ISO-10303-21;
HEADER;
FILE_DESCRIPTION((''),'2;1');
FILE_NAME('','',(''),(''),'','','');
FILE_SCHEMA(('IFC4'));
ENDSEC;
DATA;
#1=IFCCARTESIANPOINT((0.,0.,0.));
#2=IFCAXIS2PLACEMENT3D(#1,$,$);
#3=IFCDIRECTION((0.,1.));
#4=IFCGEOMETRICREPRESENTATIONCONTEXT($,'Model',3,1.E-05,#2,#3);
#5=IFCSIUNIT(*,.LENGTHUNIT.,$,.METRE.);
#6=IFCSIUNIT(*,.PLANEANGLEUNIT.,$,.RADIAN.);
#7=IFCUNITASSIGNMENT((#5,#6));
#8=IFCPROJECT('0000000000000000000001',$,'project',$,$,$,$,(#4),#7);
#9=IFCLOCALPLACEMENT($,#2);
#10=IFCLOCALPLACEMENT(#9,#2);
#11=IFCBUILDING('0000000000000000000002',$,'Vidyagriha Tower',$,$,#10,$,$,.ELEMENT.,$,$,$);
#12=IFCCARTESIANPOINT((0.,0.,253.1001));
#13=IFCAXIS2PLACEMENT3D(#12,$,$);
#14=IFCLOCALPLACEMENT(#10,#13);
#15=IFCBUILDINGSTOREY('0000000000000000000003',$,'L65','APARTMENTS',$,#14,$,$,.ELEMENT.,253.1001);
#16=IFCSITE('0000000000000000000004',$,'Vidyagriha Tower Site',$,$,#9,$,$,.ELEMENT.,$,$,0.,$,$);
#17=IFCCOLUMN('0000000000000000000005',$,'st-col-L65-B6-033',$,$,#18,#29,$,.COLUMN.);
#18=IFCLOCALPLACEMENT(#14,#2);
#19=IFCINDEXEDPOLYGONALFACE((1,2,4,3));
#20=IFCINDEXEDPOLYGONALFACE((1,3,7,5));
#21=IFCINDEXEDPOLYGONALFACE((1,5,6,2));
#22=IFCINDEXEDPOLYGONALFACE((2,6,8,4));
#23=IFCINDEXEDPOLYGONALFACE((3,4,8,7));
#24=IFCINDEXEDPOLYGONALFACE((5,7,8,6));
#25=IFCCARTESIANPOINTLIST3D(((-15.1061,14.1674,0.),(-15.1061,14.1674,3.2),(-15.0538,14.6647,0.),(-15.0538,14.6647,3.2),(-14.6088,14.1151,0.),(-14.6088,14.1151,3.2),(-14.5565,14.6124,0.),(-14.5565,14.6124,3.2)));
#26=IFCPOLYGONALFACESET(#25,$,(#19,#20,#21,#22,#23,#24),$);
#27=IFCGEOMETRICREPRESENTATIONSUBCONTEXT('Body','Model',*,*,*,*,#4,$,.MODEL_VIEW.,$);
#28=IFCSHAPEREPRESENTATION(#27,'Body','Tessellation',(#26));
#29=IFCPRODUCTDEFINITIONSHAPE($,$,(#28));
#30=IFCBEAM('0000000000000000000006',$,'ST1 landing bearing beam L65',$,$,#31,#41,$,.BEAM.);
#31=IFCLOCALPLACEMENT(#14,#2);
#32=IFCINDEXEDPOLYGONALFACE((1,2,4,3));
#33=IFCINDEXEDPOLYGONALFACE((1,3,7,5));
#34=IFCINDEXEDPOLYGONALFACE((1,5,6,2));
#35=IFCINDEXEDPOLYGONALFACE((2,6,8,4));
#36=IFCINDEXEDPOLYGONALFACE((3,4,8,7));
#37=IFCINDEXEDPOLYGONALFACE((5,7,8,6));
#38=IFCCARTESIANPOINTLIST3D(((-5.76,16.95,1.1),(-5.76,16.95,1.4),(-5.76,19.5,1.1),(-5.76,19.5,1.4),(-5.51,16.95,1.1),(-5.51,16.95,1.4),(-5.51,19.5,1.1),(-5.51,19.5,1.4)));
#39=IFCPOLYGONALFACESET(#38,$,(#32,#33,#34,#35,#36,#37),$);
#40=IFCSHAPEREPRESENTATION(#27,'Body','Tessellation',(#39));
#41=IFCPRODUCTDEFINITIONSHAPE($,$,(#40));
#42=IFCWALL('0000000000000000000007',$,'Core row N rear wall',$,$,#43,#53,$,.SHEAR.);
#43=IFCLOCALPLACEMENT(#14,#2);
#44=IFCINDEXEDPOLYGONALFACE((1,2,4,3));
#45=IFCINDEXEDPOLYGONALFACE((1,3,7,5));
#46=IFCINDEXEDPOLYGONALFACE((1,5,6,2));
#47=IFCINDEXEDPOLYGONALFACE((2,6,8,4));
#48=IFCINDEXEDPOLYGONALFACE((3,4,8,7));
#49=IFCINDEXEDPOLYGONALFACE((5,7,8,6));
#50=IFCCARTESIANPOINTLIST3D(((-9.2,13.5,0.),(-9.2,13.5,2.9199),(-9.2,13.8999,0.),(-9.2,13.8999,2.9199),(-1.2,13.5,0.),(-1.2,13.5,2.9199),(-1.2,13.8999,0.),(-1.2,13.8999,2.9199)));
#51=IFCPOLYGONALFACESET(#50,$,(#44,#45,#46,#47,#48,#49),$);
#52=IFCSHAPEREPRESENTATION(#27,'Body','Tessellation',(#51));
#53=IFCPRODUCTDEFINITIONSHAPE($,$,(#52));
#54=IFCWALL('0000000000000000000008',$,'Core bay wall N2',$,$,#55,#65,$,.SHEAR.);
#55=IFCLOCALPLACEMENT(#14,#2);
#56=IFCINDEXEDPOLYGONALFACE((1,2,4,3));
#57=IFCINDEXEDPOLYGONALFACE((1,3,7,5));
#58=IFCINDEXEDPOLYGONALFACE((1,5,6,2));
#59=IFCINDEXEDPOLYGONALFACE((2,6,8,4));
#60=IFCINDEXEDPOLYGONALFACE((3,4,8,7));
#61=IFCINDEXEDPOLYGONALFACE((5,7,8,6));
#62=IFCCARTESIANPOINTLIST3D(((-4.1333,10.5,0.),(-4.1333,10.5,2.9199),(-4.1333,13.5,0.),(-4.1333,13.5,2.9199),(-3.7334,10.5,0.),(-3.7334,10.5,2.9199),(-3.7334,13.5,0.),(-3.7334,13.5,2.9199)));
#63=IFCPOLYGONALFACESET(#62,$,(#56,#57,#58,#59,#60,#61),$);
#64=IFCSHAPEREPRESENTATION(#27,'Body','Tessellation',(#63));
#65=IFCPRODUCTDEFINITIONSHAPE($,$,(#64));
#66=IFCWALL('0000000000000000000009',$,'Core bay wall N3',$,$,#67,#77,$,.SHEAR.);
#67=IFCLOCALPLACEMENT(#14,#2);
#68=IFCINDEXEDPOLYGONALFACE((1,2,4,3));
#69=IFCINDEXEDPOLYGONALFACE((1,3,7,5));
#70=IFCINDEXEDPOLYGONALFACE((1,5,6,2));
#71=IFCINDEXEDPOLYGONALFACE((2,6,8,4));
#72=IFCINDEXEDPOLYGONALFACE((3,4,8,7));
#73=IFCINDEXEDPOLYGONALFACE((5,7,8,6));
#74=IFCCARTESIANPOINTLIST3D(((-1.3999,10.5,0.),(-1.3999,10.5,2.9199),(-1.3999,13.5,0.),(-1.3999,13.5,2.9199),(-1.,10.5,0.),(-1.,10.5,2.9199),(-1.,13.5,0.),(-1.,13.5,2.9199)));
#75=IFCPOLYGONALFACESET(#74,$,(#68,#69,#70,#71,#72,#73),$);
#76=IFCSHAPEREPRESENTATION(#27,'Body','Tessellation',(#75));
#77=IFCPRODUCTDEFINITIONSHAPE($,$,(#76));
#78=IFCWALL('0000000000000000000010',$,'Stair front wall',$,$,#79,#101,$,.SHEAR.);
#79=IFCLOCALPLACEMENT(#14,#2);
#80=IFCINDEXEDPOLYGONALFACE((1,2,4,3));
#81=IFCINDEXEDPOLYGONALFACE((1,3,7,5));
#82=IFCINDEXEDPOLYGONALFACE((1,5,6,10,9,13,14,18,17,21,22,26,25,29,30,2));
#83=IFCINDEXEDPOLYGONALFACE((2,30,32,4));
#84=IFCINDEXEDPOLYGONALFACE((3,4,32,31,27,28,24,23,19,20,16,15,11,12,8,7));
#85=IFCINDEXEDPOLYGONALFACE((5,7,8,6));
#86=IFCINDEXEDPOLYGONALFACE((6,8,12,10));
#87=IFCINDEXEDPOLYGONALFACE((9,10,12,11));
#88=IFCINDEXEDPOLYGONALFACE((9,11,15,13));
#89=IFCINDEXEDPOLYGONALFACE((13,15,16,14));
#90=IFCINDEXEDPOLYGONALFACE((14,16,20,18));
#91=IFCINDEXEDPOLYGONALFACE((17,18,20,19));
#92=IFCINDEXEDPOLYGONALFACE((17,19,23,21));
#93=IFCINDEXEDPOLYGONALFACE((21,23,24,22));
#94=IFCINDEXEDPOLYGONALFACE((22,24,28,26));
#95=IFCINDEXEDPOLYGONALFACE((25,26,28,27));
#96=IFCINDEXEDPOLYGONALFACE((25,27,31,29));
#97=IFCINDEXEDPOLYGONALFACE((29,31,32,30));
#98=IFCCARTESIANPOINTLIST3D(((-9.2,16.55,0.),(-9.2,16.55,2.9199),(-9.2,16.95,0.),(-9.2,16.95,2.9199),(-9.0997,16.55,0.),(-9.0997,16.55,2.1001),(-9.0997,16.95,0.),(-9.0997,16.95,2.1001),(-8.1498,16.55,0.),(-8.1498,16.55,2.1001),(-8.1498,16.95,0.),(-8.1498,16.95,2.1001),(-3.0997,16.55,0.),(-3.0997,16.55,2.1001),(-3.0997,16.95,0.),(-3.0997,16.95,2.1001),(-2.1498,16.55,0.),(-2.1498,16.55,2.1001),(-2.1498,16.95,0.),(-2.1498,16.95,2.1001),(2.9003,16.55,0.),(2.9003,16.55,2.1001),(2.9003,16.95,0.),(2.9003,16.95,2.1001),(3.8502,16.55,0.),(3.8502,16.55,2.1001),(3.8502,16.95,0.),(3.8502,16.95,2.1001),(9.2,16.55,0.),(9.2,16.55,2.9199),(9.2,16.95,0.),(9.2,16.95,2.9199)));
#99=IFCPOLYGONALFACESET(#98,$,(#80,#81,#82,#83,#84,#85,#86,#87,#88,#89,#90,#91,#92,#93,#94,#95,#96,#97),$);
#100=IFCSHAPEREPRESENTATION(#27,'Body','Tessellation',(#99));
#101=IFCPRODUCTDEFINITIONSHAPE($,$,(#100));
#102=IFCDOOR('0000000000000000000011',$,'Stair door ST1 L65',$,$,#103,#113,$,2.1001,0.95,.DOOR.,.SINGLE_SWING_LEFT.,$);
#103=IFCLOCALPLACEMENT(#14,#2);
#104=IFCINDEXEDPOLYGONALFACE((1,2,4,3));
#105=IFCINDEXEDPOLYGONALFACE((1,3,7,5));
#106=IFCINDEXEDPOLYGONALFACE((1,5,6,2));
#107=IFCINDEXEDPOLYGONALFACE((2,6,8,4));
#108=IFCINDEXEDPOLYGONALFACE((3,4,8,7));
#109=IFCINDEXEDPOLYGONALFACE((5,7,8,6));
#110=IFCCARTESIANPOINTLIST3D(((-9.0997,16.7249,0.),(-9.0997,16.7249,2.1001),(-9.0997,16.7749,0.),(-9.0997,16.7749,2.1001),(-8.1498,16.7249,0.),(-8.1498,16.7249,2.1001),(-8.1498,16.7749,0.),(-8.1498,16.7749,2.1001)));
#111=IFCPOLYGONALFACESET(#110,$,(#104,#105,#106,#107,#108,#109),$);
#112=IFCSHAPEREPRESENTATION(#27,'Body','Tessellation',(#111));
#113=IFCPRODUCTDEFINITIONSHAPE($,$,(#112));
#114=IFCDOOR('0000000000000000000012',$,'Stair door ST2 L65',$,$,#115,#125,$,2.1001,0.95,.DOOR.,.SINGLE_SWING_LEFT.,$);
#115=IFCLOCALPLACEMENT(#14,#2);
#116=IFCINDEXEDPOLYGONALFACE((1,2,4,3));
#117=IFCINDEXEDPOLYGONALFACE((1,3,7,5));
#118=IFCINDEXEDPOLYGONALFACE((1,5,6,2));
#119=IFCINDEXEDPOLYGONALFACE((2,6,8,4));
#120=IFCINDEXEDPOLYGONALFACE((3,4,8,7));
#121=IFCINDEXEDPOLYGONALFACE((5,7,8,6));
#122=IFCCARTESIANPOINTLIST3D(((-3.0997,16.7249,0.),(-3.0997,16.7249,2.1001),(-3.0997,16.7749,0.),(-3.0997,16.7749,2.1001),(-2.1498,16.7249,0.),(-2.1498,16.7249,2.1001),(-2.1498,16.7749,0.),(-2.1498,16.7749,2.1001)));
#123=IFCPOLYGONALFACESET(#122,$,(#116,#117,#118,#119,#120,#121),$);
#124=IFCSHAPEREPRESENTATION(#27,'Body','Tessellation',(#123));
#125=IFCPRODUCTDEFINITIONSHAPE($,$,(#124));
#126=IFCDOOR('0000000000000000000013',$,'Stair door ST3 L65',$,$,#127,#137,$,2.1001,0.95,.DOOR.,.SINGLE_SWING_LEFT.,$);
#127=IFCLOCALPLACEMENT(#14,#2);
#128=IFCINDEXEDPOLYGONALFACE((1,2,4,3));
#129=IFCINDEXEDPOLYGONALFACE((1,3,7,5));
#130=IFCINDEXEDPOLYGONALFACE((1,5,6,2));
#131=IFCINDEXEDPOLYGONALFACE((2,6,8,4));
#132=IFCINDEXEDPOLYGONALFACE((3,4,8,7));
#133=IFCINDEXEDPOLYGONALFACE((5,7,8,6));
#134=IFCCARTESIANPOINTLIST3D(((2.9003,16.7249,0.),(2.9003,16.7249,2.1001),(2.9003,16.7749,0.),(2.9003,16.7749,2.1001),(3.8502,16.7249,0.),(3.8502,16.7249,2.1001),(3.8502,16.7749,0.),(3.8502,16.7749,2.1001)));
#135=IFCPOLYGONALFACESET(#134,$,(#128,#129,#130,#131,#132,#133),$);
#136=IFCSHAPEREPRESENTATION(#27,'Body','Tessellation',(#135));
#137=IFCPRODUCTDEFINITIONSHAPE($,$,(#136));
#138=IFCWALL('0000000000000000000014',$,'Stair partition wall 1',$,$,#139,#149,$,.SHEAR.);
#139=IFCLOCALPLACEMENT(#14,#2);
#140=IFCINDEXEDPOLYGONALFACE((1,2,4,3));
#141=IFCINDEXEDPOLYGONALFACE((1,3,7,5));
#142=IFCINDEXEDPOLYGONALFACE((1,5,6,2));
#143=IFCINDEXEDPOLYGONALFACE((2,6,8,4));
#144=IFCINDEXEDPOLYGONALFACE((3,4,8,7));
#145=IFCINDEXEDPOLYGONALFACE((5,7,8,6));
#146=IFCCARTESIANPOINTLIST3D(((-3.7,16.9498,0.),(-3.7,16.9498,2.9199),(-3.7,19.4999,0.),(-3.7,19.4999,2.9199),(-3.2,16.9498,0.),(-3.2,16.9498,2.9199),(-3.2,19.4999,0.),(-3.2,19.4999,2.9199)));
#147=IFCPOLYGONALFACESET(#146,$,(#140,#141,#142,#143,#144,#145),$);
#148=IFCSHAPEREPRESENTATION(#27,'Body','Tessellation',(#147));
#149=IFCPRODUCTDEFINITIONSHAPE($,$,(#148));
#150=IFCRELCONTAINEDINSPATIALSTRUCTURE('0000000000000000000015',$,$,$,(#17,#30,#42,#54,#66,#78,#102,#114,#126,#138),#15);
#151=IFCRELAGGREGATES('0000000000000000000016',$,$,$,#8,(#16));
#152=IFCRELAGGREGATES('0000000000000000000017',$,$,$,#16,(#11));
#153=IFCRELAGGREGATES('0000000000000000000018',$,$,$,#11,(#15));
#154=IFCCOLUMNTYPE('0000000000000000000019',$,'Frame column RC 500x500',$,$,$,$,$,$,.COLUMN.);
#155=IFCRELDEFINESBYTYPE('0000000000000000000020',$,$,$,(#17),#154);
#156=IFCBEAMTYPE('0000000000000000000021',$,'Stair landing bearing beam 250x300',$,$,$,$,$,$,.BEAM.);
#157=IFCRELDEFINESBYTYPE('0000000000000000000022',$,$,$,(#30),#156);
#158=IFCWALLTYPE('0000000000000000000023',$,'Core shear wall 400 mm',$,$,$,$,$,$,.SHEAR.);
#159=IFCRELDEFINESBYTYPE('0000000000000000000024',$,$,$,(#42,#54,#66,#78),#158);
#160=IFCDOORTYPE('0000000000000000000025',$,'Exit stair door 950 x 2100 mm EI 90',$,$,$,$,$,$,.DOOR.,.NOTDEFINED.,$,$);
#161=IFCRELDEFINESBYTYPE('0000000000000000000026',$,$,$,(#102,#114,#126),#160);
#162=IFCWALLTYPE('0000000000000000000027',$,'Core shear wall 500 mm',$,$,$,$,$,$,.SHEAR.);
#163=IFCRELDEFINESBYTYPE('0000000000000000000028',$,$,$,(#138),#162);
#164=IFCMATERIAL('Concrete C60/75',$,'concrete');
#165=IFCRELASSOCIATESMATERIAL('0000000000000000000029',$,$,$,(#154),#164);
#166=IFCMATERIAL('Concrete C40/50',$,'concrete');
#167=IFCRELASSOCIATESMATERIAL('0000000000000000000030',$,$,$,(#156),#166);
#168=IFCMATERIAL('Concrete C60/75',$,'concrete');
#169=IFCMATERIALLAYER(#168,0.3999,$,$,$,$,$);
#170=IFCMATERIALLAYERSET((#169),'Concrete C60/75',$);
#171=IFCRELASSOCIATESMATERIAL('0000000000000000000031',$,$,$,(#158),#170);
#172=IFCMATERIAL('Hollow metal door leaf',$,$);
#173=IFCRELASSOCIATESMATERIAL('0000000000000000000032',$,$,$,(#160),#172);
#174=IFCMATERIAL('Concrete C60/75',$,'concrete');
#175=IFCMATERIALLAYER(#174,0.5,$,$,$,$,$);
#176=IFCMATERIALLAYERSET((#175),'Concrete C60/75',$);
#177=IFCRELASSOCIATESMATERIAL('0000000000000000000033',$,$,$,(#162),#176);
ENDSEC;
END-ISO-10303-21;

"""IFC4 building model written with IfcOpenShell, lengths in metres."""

from ifc_helpers import new_model, si_unit, direction, frame, frame_2d, origin, origin_2d, place, context, subcontext, project, spatial, rectangle, extrude, material, layer, layer_set, material_profile, profile_set, type_object, element, fill, save


model = new_model("IFC4")

# Units and contexts
model_context = context("Model", 3, precision=1e-05, world=origin(), true_north=direction((0.0, 1.0)))
body_context = subcontext(model_context, "Body", "Model", "MODEL_VIEW")
ifc_project = project(units=[si_unit("LENGTHUNIT", "METRE"), si_unit("PLANEANGLEUNIT", "RADIAN")], contexts=[model_context])

# Site, building, storey
site_placement = place(None, origin())
site = spatial("IfcSite", under=ifc_project, at=site_placement, Name="Vidyagriha Tower Site", CompositionType="ELEMENT", RefElevation=0.0)
building_placement = place(site_placement, origin())
building = spatial("IfcBuilding", under=site, at=building_placement, Name="Vidyagriha Tower", CompositionType="ELEMENT")
storey_placement = place(building_placement, frame((0.0, 0.0, 253.1001)))
storey = spatial("IfcBuildingStorey", under=building, at=storey_placement, Name="L65", Description="APARTMENTS", CompositionType="ELEMENT", Elevation=253.1001)

# Column
ifc_material_1 = material(Name="Concrete C60/75", Category="concrete")
ifc_material_profile_1 = material_profile(ifc_material_1, rectangle(XDim=0.5, YDim=0.5, at=origin_2d()), Name="RC 500x500")
ifc_profile_set_1 = profile_set([ifc_material_profile_1], Name="Concrete C60/75")
column_type = type_object("IfcColumnType", Name="Frame column RC 500x500", PredefinedType="COLUMN", material=ifc_profile_set_1)
column_placement = place(storey_placement, frame((-14.8313, 14.3899, 0.0), z_axis=(0.0, 0.0, 1.0), x_axis=(0.994522, -0.104528, 0.0)))
element("IfcColumn", 1, at=column_placement, inside=storey, type_object=column_type, Name="st-col-L65-B6-033", PredefinedType="COLUMN", context=body_context, shape_type="SweptSolid", body=[
    extrude(rectangle(XDim=0.5, YDim=0.5, at=origin_2d()), origin(), (0.0, 0.0, 1.0), 3.2),
])

# Beam
ifc_material_2 = material(Name="Concrete C40/50", Category="concrete")
ifc_material_profile_2 = material_profile(ifc_material_2, rectangle(XDim=0.25, YDim=0.3, at=origin_2d()), Name="Stair landing bearing beam 250x300")
ifc_profile_set_2 = profile_set([ifc_material_profile_2], Name="Concrete C40/50")
beam_type = type_object("IfcBeamType", Name="Stair landing bearing beam 250x300", PredefinedType="BEAM", material=ifc_profile_set_2)
beam_placement = place(storey_placement, frame((-5.635, 16.95, 1.25), z_axis=(0.0, 1.0, 0.0), x_axis=(-1.0, 0.0, 0.0)))
element("IfcBeam", 2, at=beam_placement, inside=storey, type_object=beam_type, Name="ST1 landing bearing beam L65", PredefinedType="BEAM", context=body_context, shape_type="SweptSolid", body=[
    extrude(rectangle(XDim=0.25, YDim=0.3, at=origin_2d()), origin(), (0.0, 0.0, 1.0), 2.55),
])

# Walls
ifc_material_3 = material(Name="Concrete C60/75", Category="concrete")
ifc_layer_1 = layer(ifc_material_3, 0.3999)
ifc_layer_set_1 = layer_set([ifc_layer_1], Name="Concrete C60/75")
wall_type_1 = type_object("IfcWallType", Name="Core shear wall 400 mm", PredefinedType="SHEAR", material=ifc_layer_set_1)
wall_1_placement = place(storey_placement, frame((-9.2, 13.7, 0.0)))
element("IfcWall", 3, at=wall_1_placement, inside=storey, type_object=wall_type_1, Name="Core row N rear wall", PredefinedType="SHEAR", context=body_context, shape_type="SweptSolid", body=[
    extrude(rectangle(XDim=8.0, YDim=0.3999, at=frame_2d((4.0, 0.0))), origin(), (0.0, 0.0, 1.0), 2.9199),
])
for number, where, z_axis, x_axis, name in (
    (4, (-3.9333, 10.5, 0.0), (0.0, 0.0, 1.0), (0.0, 1.0, 0.0), "Core bay wall N2"),
    (5, (-1.2, 10.5, 0.0), (0.0, 0.0, 1.0), (0.0, 1.0, 0.0), "Core bay wall N3"),
):
    element("IfcWall", number, at=place(storey_placement, frame(where, z_axis=z_axis, x_axis=x_axis)), inside=storey, type_object=wall_type_1, Name=name, PredefinedType="SHEAR", context=body_context, shape_type="SweptSolid", body=[
        extrude(rectangle(XDim=3.0, YDim=0.3999, at=frame_2d((1.5, 0.0))), origin(), (0.0, 0.0, 1.0), 2.9199),
    ])

# Wall, openings, doors
wall_2_placement = place(storey_placement, frame((-9.2, 16.75, 0.0)))
wall_2 = element("IfcWall", 6, at=wall_2_placement, inside=storey, type_object=wall_type_1, Name="Stair front wall", PredefinedType="SHEAR", context=body_context, shape_type="SweptSolid", body=[
    extrude(rectangle(XDim=18.3999, YDim=0.3999, at=frame_2d((9.2, 0.0))), origin(), (0.0, 0.0, 1.0), 2.9199),
])
opening_1_placement = place(wall_2_placement, frame((0.1001, 0.0, 0.0)))
opening_1 = element("IfcOpeningElement", 7, at=opening_1_placement, cuts=wall_2, PredefinedType="OPENING", context=body_context, shape_type="SweptSolid", body=[
    extrude(rectangle(XDim=0.95, YDim=2.1001, at=frame_2d((0.4751, 1.05))), frame((0.0, 0.21, 0.0), z_axis=(0.0, -1.0, 0.0), x_axis=(1.0, 0.0, 0.0)), (0.0, 0.0, 1.0), 0.4199),
])
opening_2_placement = place(wall_2_placement, frame((6.1001, 0.0, 0.0)))
opening_2 = element("IfcOpeningElement", 8, at=opening_2_placement, cuts=wall_2, PredefinedType="OPENING", context=body_context, shape_type="SweptSolid", body=[
    extrude(rectangle(XDim=0.95, YDim=2.1001, at=frame_2d((0.4751, 1.05))), frame((0.0, 0.21, 0.0), z_axis=(0.0, -1.0, 0.0), x_axis=(1.0, 0.0, 0.0)), (0.0, 0.0, 1.0), 0.4199),
])
opening_3_placement = place(wall_2_placement, frame((12.1001, 0.0, 0.0)))
opening_3 = element("IfcOpeningElement", 9, at=opening_3_placement, cuts=wall_2, PredefinedType="OPENING", context=body_context, shape_type="SweptSolid", body=[
    extrude(rectangle(XDim=0.95, YDim=2.1001, at=frame_2d((0.4751, 1.05))), frame((0.0, 0.21, 0.0), z_axis=(0.0, -1.0, 0.0), x_axis=(1.0, 0.0, 0.0)), (0.0, 0.0, 1.0), 0.4199),
])
ifc_material_4 = material(Name="Hollow metal door leaf")
door_type_1 = type_object("IfcDoorType", Name="Exit stair door 950 x 2100 mm EI 90", OperationType="NOTDEFINED", PredefinedType="DOOR", material=ifc_material_4)
door_1_placement = place(opening_1_placement, origin())
door_1 = element("IfcDoor", 10, at=door_1_placement, inside=storey, type_object=door_type_1, Name="Stair door ST1 L65", OperationType="SINGLE_SWING_LEFT", OverallHeight=2.1001, OverallWidth=0.95, PredefinedType="DOOR", context=body_context, shape_type="SweptSolid", body=[
    extrude(rectangle(XDim=0.95, YDim=2.1001, at=frame_2d((0.4751, 1.05))), frame((0.0, 0.0249, 0.0), z_axis=(0.0, -1.0, 0.0), x_axis=(1.0, 0.0, 0.0)), (0.0, 0.0, 1.0), 0.05),
])
fill(opening_1, door_1)
door_2_placement = place(opening_2_placement, origin())
door_2 = element("IfcDoor", 11, at=door_2_placement, inside=storey, type_object=door_type_1, Name="Stair door ST2 L65", OperationType="SINGLE_SWING_LEFT", OverallHeight=2.1001, OverallWidth=0.95, PredefinedType="DOOR", context=body_context, shape_type="SweptSolid", body=[
    extrude(rectangle(XDim=0.95, YDim=2.1001, at=frame_2d((0.4751, 1.05))), frame((0.0, 0.0249, 0.0), z_axis=(0.0, -1.0, 0.0), x_axis=(1.0, 0.0, 0.0)), (0.0, 0.0, 1.0), 0.05),
])
fill(opening_2, door_2)
door_3_placement = place(opening_3_placement, origin())
door_3 = element("IfcDoor", 12, at=door_3_placement, inside=storey, type_object=door_type_1, Name="Stair door ST3 L65", OperationType="SINGLE_SWING_LEFT", OverallHeight=2.1001, OverallWidth=0.95, PredefinedType="DOOR", context=body_context, shape_type="SweptSolid", body=[
    extrude(rectangle(XDim=0.95, YDim=2.1001, at=frame_2d((0.4751, 1.05))), frame((0.0, 0.0249, 0.0), z_axis=(0.0, -1.0, 0.0), x_axis=(1.0, 0.0, 0.0)), (0.0, 0.0, 1.0), 0.05),
])
fill(opening_3, door_3)

# Wall
ifc_material_5 = material(Name="Concrete C60/75", Category="concrete")
ifc_layer_2 = layer(ifc_material_5, 0.5)
ifc_layer_set_2 = layer_set([ifc_layer_2], Name="Concrete C60/75")
wall_type_2 = type_object("IfcWallType", Name="Core shear wall 500 mm", PredefinedType="SHEAR", material=ifc_layer_set_2)
wall_3_placement = place(storey_placement, frame((-3.45, 16.95, 0.0), z_axis=(0.0, 0.0, 1.0), x_axis=(0.0, 1.0, 0.0)))
element("IfcWall", 13, at=wall_3_placement, inside=storey, type_object=wall_type_2, Name="Stair partition wall 1", PredefinedType="SHEAR", context=body_context, shape_type="SweptSolid", body=[
    extrude(rectangle(XDim=2.55, YDim=0.5, at=frame_2d((1.2749, 0.0))), origin(), (0.0, 0.0, 1.0), 2.9199),
])

save(model, "model.ifc")
